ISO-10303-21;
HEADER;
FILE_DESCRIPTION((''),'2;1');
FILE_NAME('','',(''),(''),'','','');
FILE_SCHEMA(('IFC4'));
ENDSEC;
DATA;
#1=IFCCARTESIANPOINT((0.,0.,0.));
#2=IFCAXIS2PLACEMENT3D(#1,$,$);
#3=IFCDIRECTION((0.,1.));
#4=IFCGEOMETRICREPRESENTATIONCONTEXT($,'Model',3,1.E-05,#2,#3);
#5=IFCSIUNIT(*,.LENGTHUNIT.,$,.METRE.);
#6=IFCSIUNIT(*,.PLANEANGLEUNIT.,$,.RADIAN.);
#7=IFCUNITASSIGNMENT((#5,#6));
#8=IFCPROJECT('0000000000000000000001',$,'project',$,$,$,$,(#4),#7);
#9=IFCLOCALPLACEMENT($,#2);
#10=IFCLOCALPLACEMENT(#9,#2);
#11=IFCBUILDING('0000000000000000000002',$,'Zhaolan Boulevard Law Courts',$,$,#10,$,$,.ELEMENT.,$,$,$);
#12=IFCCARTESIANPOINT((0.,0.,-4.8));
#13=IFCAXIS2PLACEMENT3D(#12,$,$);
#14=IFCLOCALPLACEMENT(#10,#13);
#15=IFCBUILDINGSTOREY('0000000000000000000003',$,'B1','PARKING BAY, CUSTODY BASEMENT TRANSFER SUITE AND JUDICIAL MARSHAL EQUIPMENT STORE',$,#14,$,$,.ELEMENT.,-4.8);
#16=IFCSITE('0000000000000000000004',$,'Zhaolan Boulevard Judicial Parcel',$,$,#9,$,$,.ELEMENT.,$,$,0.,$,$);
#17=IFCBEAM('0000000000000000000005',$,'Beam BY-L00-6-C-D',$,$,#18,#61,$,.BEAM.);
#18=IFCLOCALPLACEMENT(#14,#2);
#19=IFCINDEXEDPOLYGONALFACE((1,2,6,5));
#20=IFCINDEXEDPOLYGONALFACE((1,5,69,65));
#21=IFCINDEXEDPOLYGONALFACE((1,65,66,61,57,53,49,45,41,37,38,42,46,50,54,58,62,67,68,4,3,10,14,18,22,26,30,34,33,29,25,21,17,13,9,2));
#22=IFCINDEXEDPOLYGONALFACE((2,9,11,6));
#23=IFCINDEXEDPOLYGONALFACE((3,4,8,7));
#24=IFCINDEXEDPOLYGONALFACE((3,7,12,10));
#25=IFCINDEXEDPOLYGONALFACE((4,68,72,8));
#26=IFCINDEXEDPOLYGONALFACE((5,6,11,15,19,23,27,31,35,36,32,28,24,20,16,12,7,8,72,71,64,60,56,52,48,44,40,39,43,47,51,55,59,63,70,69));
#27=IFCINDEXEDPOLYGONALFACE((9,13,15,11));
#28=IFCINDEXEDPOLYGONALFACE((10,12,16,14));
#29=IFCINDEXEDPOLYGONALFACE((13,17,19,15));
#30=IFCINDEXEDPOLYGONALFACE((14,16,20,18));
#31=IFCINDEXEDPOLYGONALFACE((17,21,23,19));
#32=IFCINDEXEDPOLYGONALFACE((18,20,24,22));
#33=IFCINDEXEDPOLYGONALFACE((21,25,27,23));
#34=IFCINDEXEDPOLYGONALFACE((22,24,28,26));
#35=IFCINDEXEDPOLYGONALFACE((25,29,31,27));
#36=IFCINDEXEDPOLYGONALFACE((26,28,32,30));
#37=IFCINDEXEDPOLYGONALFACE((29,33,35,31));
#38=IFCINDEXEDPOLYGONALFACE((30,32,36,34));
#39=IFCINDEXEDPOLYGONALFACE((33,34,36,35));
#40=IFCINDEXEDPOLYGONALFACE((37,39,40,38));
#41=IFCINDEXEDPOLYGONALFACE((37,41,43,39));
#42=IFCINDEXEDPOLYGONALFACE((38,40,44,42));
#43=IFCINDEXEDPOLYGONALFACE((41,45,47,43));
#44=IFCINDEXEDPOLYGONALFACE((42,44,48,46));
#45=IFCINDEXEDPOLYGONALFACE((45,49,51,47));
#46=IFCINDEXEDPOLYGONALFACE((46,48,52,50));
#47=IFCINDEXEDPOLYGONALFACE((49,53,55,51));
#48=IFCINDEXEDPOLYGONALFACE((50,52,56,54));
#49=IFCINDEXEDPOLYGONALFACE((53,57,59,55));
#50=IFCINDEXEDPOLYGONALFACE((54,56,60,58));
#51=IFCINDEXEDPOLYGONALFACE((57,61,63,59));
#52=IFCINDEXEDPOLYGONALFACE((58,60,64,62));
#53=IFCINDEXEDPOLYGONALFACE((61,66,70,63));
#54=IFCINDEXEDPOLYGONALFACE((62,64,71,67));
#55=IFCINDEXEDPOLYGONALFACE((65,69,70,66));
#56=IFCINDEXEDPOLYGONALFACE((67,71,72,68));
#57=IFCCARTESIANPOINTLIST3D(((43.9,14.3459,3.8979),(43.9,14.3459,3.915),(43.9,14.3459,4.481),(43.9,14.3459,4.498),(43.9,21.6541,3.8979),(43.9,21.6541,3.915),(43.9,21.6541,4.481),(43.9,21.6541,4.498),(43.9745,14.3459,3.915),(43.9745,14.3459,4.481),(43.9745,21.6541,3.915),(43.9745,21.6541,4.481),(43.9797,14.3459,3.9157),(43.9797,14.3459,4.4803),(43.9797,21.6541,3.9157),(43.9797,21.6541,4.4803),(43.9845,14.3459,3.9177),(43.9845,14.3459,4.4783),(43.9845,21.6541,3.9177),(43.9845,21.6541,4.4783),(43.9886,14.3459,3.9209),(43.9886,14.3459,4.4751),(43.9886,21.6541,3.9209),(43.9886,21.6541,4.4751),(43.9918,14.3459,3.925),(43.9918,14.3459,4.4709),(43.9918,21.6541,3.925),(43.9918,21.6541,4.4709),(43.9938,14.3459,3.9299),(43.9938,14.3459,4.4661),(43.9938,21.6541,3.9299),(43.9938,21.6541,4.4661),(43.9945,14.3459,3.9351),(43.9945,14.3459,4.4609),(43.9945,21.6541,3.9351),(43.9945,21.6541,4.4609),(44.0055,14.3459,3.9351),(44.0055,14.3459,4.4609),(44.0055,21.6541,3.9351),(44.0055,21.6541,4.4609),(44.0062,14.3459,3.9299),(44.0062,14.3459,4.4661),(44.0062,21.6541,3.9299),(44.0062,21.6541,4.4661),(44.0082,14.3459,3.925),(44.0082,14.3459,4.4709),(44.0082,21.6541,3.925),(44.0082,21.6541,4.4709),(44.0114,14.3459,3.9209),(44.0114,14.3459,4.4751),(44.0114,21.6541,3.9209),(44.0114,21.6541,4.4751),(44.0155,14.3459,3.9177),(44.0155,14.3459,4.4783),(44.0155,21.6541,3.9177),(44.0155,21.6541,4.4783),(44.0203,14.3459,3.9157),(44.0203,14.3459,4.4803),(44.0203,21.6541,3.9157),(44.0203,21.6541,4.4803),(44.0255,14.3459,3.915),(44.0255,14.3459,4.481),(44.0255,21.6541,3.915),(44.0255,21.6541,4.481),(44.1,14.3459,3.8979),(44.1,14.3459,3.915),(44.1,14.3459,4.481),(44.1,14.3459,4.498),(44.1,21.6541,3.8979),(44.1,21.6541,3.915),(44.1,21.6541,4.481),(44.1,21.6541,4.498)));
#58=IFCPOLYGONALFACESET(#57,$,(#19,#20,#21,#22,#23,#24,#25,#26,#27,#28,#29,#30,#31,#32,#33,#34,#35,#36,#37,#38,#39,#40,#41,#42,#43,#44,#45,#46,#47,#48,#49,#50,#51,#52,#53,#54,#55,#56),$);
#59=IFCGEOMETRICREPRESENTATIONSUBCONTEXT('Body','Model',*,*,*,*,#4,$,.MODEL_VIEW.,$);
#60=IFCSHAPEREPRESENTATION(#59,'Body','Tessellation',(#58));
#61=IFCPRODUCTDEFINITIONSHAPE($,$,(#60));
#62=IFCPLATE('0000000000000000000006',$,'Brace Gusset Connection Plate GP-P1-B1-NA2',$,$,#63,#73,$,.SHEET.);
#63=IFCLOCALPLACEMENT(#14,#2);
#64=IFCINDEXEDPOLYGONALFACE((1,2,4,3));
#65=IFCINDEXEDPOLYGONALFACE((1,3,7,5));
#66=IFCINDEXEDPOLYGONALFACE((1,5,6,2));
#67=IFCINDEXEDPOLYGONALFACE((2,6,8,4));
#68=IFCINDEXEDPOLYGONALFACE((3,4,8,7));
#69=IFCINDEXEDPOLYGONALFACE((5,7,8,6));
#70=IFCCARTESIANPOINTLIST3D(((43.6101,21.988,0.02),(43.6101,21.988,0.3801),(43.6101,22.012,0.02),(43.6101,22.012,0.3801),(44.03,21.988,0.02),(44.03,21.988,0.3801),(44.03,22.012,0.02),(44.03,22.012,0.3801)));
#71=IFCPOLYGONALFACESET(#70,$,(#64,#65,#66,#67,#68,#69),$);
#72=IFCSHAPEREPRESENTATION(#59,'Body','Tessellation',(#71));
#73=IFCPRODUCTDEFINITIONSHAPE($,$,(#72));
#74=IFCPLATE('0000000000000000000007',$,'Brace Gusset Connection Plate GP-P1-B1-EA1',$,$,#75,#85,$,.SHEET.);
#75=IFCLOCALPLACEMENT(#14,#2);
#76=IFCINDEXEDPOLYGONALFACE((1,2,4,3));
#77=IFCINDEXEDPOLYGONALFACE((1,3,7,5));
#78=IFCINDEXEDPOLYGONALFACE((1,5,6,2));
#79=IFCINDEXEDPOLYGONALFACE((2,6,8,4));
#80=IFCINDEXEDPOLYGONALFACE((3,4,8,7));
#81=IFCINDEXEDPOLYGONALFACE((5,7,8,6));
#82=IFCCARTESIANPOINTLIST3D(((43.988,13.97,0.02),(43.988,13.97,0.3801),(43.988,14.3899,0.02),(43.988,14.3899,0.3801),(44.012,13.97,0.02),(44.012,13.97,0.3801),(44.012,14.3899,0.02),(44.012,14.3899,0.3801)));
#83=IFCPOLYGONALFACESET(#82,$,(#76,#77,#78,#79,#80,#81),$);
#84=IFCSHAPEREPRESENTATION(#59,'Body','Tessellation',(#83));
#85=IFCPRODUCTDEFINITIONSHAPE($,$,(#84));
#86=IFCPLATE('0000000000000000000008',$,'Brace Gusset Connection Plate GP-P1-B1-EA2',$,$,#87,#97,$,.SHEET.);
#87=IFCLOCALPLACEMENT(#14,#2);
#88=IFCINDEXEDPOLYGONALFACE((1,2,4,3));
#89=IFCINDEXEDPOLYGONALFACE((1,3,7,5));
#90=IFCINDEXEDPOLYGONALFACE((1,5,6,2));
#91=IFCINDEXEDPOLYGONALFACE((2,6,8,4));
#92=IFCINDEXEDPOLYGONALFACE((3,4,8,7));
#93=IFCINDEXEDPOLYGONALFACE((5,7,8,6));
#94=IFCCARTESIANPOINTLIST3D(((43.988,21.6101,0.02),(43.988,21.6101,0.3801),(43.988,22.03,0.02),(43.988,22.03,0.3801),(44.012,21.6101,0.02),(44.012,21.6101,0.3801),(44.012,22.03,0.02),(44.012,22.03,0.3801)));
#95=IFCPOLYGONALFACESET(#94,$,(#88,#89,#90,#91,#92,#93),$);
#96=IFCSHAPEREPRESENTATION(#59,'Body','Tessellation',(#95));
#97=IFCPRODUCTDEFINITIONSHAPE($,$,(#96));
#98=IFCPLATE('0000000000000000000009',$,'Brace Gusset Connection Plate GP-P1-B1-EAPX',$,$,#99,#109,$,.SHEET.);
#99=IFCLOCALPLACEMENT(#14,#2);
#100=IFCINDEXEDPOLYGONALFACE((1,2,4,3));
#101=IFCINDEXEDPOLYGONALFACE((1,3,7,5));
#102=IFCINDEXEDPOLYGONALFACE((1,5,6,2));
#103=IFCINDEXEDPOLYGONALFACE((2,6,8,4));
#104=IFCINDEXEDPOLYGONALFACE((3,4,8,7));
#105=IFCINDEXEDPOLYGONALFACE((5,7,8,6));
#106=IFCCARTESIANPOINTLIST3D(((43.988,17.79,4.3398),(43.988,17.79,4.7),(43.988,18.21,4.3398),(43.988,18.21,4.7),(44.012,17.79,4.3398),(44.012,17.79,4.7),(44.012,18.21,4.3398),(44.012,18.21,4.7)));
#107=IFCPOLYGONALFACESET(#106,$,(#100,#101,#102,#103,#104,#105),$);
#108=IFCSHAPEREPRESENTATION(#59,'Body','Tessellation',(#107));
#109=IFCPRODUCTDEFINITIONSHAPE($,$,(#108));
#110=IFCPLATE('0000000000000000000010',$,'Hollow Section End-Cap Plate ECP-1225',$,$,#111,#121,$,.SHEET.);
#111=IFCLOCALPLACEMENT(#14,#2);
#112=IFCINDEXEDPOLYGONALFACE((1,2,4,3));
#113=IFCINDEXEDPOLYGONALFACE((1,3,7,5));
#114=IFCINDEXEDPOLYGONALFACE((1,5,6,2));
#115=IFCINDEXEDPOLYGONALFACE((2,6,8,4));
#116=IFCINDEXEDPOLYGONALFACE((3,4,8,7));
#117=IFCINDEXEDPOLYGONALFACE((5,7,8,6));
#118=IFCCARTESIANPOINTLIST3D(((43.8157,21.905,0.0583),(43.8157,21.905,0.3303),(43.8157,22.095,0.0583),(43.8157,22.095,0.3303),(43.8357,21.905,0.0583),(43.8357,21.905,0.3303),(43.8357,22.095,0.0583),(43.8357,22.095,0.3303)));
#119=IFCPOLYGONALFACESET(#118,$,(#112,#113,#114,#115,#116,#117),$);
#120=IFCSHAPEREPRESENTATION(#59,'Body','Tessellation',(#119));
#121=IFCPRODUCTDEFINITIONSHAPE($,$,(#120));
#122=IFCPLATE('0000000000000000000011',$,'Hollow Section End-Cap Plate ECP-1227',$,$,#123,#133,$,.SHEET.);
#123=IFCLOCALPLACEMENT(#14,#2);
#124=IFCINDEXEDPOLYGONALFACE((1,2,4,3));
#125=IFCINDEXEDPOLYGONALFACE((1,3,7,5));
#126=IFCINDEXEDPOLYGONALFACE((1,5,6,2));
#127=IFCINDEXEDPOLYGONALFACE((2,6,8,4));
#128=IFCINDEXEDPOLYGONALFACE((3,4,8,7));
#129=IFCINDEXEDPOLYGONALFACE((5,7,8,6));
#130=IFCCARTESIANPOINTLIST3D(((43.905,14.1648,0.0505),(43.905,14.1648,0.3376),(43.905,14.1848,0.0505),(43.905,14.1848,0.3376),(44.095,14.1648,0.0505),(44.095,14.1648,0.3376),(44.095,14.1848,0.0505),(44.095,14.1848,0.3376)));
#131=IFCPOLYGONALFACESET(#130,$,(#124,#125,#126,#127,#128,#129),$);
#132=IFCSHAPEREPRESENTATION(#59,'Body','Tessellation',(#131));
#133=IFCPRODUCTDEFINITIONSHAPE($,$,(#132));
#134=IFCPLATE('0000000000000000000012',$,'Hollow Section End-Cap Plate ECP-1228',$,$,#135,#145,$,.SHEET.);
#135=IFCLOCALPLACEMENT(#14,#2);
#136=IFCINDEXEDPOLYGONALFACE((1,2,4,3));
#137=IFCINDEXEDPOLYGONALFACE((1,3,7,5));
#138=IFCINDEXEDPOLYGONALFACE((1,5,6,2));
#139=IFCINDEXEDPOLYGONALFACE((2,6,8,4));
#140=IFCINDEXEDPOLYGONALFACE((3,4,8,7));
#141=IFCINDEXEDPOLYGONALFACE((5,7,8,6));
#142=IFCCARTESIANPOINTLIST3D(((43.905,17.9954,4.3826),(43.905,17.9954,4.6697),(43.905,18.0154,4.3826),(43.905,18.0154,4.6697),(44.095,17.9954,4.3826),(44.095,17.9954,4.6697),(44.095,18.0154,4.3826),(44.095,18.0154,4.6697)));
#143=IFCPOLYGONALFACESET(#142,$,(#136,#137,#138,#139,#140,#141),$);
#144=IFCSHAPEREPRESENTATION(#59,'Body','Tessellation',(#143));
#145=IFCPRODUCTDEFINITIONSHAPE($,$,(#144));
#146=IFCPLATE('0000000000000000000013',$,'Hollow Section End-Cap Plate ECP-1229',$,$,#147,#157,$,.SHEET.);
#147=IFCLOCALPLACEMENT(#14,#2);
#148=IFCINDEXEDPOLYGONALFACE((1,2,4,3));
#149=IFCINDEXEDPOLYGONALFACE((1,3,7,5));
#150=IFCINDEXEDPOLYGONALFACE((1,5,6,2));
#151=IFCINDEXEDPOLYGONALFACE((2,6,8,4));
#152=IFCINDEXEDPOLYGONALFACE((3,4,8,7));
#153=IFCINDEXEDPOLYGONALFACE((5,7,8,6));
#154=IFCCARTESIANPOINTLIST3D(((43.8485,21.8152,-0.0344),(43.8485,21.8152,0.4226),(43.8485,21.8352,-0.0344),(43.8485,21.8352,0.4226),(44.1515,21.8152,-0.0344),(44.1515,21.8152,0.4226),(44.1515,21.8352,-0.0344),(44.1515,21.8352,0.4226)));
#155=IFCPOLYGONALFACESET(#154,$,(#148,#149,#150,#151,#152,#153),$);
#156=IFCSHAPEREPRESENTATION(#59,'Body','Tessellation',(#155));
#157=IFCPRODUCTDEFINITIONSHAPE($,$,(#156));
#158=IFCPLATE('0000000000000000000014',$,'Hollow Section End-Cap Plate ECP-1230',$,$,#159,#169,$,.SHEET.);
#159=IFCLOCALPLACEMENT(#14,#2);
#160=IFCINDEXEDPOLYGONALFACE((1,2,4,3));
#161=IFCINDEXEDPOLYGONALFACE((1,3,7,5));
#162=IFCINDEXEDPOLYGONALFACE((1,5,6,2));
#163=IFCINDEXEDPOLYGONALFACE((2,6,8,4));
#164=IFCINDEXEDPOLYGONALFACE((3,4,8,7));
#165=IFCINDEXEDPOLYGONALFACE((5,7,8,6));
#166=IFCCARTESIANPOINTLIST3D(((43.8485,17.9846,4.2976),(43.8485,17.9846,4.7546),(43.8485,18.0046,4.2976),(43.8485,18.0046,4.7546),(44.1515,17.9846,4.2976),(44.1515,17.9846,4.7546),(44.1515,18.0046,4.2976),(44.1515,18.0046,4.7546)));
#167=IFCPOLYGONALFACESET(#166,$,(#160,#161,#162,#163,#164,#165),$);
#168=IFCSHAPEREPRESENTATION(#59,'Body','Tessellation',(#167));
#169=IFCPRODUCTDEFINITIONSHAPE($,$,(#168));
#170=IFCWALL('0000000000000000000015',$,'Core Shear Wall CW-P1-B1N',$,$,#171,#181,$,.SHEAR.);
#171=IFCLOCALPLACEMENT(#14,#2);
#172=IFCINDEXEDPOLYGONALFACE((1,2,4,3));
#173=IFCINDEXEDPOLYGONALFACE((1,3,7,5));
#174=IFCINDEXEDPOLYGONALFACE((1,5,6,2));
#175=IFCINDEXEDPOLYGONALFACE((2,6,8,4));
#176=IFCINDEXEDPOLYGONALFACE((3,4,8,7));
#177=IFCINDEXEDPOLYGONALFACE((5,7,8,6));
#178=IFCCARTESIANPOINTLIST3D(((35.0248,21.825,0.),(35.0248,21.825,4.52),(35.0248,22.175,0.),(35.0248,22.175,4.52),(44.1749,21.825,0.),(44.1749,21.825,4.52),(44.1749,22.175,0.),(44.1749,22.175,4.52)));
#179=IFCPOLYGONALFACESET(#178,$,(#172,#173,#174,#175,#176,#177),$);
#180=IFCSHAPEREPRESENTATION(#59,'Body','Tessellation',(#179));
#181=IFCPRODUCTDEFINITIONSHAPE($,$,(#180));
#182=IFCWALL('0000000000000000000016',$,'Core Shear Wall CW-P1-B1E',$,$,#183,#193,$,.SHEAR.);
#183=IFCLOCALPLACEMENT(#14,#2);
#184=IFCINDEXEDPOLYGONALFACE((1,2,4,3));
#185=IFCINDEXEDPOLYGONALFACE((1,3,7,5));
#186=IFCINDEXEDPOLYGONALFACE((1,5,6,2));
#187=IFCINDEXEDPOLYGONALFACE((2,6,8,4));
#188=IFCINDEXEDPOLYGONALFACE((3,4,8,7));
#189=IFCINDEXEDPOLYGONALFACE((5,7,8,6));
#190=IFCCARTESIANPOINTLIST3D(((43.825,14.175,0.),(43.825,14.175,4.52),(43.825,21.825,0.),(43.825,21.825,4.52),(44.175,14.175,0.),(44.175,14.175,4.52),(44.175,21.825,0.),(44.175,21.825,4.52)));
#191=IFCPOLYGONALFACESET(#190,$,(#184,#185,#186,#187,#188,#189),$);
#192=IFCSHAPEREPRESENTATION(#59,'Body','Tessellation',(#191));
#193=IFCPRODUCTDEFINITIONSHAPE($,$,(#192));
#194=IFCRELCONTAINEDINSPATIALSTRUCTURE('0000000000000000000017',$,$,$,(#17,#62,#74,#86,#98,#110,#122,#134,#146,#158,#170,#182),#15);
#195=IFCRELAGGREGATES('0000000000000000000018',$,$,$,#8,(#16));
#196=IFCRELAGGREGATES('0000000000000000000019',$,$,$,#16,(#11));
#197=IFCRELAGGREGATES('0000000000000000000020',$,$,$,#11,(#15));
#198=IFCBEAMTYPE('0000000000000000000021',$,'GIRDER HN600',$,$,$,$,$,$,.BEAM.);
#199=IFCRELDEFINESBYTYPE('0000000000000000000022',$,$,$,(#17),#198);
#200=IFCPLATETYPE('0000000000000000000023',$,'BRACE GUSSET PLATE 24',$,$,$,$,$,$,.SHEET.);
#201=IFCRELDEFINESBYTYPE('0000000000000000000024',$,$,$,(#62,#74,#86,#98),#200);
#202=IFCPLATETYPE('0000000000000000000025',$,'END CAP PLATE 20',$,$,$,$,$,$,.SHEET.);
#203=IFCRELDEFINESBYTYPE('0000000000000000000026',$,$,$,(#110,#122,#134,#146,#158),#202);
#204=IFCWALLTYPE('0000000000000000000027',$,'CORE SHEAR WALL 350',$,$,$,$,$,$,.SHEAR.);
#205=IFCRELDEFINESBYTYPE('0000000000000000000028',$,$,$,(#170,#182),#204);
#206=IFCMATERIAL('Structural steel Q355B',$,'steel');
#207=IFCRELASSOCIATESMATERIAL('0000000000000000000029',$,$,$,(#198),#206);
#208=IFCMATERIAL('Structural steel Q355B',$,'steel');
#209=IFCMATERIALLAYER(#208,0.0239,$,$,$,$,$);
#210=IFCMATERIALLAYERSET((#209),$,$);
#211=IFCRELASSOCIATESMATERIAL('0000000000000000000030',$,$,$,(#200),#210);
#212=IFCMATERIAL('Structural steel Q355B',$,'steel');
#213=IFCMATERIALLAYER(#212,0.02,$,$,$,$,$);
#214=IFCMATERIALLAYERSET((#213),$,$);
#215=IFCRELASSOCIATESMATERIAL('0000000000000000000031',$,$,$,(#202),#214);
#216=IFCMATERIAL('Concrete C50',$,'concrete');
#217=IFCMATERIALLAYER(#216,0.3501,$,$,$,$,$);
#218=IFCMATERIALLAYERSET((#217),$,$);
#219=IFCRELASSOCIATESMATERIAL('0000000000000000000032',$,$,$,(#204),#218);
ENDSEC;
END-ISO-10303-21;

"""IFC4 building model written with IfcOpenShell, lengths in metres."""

from ifc_helpers import new_model, si_unit, direction, frame, frame_2d, origin, origin_2d, place, context, subcontext, project, spatial, rectangle, i_section, extrude, material, layer, layer_set, material_profile, profile_set, type_object, element, save


model = new_model("IFC4")

# Units and contexts
model_context = context("Model", 3, precision=1e-05, world=origin(), true_north=direction((0.0, 1.0)))
body_context = subcontext(model_context, "Body", "Model", "MODEL_VIEW")
ifc_project = project(units=[si_unit("LENGTHUNIT", "METRE"), si_unit("PLANEANGLEUNIT", "RADIAN")], contexts=[model_context])

# Site, building, storey
site_placement = place(None, origin())
site = spatial("IfcSite", under=ifc_project, at=site_placement, Name="Zhaolan Boulevard Judicial Parcel", CompositionType="ELEMENT", RefElevation=0.0)
building_placement = place(site_placement, origin())
building = spatial("IfcBuilding", under=site, at=building_placement, Name="Zhaolan Boulevard Law Courts", CompositionType="ELEMENT")
storey_placement = place(building_placement, frame((0.0, 0.0, -4.8)))
storey = spatial("IfcBuildingStorey", under=building, at=storey_placement, Name="B1", Description="PARKING BAY, CUSTODY BASEMENT TRANSFER SUITE AND JUDICIAL MARSHAL EQUIPMENT STORE", CompositionType="ELEMENT", Elevation=-4.8)

# Beam
ifc_material_1 = material(Name="Structural steel Q355B", Category="steel")
ifc_material_profile_1 = material_profile(ifc_material_1, i_section(OverallWidth=0.2, OverallDepth=0.6001, WebThickness=0.011, FlangeThickness=0.0171, FilletRadius=0.02, at=origin_2d()), Name="HN600x200")
ifc_profile_set_1 = profile_set([ifc_material_profile_1], Name="Structural steel Q355B")
beam_type_1 = type_object("IfcBeamType", Name="GIRDER HN600", PredefinedType="BEAM", material=ifc_profile_set_1)
beam_1_placement = place(storey_placement, frame((44.0, 14.3459, 4.198), z_axis=(0.0, 1.0, 0.0), x_axis=(-1.0, 0.0, 0.0)))
element("IfcBeam", 1, at=beam_1_placement, inside=storey, type_object=beam_type_1, Name="Beam BY-L00-6-C-D", PredefinedType="BEAM", context=body_context, shape_type="SweptSolid", body=[
    extrude(i_section(OverallWidth=0.2, OverallDepth=0.6001, WebThickness=0.011, FlangeThickness=0.0171, FilletRadius=0.02, at=origin_2d()), origin(), (0.0, 0.0, 1.0), 7.3081),
])

# Plates
ifc_material_2 = material(Name="Structural steel Q355B", Category="steel")
ifc_layer_1 = layer(ifc_material_2, 0.0239)
ifc_layer_set_1 = layer_set([ifc_layer_1])
plate_type_1 = type_object("IfcPlateType", Name="BRACE GUSSET PLATE 24", PredefinedType="SHEET", material=ifc_layer_set_1)
for number, where, z_axis, x_axis, name in (
    (2, (43.8201, 22.0, 0.02), (0.0, 0.0, 1.0), (1.0, 0.0, 0.0), "Brace Gusset Connection Plate GP-P1-B1-NA2"),
    (3, (44.0, 14.1799, 0.02), (0.0, 0.0, 1.0), (0.0, 1.0, 0.0), "Brace Gusset Connection Plate GP-P1-B1-EA1"),
    (4, (44.0, 21.8201, 0.02), (0.0, 0.0, 1.0), (0.0, 1.0, 0.0), "Brace Gusset Connection Plate GP-P1-B1-EA2"),
    (5, (44.0, 18.0, 4.3398), (0.0, 0.0, 1.0), (0.0, 1.0, 0.0), "Brace Gusset Connection Plate GP-P1-B1-EAPX"),
):
    element("IfcPlate", number, at=place(storey_placement, frame(where, z_axis=z_axis, x_axis=x_axis)), inside=storey, type_object=plate_type_1, Name=name, PredefinedType="SHEET", context=body_context, shape_type="SweptSolid", body=[
        extrude(rectangle(XDim=0.4199, YDim=0.0239, at=origin_2d()), origin(), (0.0, 0.0, 1.0), 0.3601),
    ])
ifc_material_3 = material(Name="Structural steel Q355B", Category="steel")
ifc_layer_2 = layer(ifc_material_3, 0.02)
ifc_layer_set_2 = layer_set([ifc_layer_2])
plate_type_2 = type_object("IfcPlateType", Name="END CAP PLATE 20", PredefinedType="SHEET", material=ifc_layer_set_2)
plate_placement = place(storey_placement, frame((43.8257, 22.0, 0.0583), z_axis=(0.0, 0.0, 1.0), x_axis=(-1.0, 0.0, 0.0)))
element("IfcPlate", 6, at=plate_placement, inside=storey, type_object=plate_type_2, Name="Hollow Section End-Cap Plate ECP-1225", PredefinedType="SHEET", context=body_context, shape_type="SweptSolid", body=[
    extrude(rectangle(XDim=0.02, YDim=0.1899, at=origin_2d()), origin(), (0.0, 0.0, 1.0), 0.272),
])
for number, where, z_axis, x_axis, name in (
    (7, (44.0, 14.1748, 0.0505), (0.0, 0.0, 1.0), (0.0, 1.0, 0.0), "Hollow Section End-Cap Plate ECP-1227"),
    (8, (44.0, 18.0054, 4.3826), (0.0, 0.0, 1.0), (0.0, 1.0, 0.0), "Hollow Section End-Cap Plate ECP-1228"),
):
    element("IfcPlate", number, at=place(storey_placement, frame(where, z_axis=z_axis, x_axis=x_axis)), inside=storey, type_object=plate_type_2, Name=name, PredefinedType="SHEET", context=body_context, shape_type="SweptSolid", body=[
        extrude(rectangle(XDim=0.02, YDim=0.1899, at=origin_2d()), origin(), (0.0, 0.0, 1.0), 0.2871),
    ])
for number, where, z_axis, x_axis, name in (
    (9, (44.0, 21.8252, -0.0344), (0.0, 0.0, 1.0), (0.0, -1.0, 0.0), "Hollow Section End-Cap Plate ECP-1229"),
    (10, (44.0, 17.9946, 4.2976), (0.0, 0.0, 1.0), (0.0, -1.0, 0.0), "Hollow Section End-Cap Plate ECP-1230"),
):
    element("IfcPlate", number, at=place(storey_placement, frame(where, z_axis=z_axis, x_axis=x_axis)), inside=storey, type_object=plate_type_2, Name=name, PredefinedType="SHEET", context=body_context, shape_type="SweptSolid", body=[
        extrude(rectangle(XDim=0.02, YDim=0.303, at=origin_2d()), origin(), (0.0, 0.0, 1.0), 0.457),
    ])

# Walls
ifc_material_4 = material(Name="Concrete C50", Category="concrete")
ifc_layer_3 = layer(ifc_material_4, 0.3501)
ifc_layer_set_3 = layer_set([ifc_layer_3])
wall_type = type_object("IfcWallType", Name="CORE SHEAR WALL 350", PredefinedType="SHEAR", material=ifc_layer_set_3)
wall_1_placement = place(storey_placement, frame((44.175, 22.0, 0.0), z_axis=(0.0, 0.0, 1.0), x_axis=(-1.0, 0.0, 0.0)))
element("IfcWall", 11, at=wall_1_placement, inside=storey, type_object=wall_type, Name="Core Shear Wall CW-P1-B1N", PredefinedType="SHEAR", context=body_context, shape_type="SweptSolid", body=[
    extrude(rectangle(XDim=9.1501, YDim=0.3501, at=frame_2d((4.5752, 0.0))), origin(), (0.0, 0.0, 1.0), 4.52),
])
wall_2_placement = place(storey_placement, frame((44.0, 14.175, 0.0), z_axis=(0.0, 0.0, 1.0), x_axis=(0.0, 1.0, 0.0)))
element("IfcWall", 12, at=wall_2_placement, inside=storey, type_object=wall_type, Name="Core Shear Wall CW-P1-B1E", PredefinedType="SHEAR", context=body_context, shape_type="SweptSolid", body=[
    extrude(rectangle(XDim=7.6499, YDim=0.3501, at=frame_2d((3.825, 0.0))), origin(), (0.0, 0.0, 1.0), 4.52),
])

save(model, "model.ifc")
